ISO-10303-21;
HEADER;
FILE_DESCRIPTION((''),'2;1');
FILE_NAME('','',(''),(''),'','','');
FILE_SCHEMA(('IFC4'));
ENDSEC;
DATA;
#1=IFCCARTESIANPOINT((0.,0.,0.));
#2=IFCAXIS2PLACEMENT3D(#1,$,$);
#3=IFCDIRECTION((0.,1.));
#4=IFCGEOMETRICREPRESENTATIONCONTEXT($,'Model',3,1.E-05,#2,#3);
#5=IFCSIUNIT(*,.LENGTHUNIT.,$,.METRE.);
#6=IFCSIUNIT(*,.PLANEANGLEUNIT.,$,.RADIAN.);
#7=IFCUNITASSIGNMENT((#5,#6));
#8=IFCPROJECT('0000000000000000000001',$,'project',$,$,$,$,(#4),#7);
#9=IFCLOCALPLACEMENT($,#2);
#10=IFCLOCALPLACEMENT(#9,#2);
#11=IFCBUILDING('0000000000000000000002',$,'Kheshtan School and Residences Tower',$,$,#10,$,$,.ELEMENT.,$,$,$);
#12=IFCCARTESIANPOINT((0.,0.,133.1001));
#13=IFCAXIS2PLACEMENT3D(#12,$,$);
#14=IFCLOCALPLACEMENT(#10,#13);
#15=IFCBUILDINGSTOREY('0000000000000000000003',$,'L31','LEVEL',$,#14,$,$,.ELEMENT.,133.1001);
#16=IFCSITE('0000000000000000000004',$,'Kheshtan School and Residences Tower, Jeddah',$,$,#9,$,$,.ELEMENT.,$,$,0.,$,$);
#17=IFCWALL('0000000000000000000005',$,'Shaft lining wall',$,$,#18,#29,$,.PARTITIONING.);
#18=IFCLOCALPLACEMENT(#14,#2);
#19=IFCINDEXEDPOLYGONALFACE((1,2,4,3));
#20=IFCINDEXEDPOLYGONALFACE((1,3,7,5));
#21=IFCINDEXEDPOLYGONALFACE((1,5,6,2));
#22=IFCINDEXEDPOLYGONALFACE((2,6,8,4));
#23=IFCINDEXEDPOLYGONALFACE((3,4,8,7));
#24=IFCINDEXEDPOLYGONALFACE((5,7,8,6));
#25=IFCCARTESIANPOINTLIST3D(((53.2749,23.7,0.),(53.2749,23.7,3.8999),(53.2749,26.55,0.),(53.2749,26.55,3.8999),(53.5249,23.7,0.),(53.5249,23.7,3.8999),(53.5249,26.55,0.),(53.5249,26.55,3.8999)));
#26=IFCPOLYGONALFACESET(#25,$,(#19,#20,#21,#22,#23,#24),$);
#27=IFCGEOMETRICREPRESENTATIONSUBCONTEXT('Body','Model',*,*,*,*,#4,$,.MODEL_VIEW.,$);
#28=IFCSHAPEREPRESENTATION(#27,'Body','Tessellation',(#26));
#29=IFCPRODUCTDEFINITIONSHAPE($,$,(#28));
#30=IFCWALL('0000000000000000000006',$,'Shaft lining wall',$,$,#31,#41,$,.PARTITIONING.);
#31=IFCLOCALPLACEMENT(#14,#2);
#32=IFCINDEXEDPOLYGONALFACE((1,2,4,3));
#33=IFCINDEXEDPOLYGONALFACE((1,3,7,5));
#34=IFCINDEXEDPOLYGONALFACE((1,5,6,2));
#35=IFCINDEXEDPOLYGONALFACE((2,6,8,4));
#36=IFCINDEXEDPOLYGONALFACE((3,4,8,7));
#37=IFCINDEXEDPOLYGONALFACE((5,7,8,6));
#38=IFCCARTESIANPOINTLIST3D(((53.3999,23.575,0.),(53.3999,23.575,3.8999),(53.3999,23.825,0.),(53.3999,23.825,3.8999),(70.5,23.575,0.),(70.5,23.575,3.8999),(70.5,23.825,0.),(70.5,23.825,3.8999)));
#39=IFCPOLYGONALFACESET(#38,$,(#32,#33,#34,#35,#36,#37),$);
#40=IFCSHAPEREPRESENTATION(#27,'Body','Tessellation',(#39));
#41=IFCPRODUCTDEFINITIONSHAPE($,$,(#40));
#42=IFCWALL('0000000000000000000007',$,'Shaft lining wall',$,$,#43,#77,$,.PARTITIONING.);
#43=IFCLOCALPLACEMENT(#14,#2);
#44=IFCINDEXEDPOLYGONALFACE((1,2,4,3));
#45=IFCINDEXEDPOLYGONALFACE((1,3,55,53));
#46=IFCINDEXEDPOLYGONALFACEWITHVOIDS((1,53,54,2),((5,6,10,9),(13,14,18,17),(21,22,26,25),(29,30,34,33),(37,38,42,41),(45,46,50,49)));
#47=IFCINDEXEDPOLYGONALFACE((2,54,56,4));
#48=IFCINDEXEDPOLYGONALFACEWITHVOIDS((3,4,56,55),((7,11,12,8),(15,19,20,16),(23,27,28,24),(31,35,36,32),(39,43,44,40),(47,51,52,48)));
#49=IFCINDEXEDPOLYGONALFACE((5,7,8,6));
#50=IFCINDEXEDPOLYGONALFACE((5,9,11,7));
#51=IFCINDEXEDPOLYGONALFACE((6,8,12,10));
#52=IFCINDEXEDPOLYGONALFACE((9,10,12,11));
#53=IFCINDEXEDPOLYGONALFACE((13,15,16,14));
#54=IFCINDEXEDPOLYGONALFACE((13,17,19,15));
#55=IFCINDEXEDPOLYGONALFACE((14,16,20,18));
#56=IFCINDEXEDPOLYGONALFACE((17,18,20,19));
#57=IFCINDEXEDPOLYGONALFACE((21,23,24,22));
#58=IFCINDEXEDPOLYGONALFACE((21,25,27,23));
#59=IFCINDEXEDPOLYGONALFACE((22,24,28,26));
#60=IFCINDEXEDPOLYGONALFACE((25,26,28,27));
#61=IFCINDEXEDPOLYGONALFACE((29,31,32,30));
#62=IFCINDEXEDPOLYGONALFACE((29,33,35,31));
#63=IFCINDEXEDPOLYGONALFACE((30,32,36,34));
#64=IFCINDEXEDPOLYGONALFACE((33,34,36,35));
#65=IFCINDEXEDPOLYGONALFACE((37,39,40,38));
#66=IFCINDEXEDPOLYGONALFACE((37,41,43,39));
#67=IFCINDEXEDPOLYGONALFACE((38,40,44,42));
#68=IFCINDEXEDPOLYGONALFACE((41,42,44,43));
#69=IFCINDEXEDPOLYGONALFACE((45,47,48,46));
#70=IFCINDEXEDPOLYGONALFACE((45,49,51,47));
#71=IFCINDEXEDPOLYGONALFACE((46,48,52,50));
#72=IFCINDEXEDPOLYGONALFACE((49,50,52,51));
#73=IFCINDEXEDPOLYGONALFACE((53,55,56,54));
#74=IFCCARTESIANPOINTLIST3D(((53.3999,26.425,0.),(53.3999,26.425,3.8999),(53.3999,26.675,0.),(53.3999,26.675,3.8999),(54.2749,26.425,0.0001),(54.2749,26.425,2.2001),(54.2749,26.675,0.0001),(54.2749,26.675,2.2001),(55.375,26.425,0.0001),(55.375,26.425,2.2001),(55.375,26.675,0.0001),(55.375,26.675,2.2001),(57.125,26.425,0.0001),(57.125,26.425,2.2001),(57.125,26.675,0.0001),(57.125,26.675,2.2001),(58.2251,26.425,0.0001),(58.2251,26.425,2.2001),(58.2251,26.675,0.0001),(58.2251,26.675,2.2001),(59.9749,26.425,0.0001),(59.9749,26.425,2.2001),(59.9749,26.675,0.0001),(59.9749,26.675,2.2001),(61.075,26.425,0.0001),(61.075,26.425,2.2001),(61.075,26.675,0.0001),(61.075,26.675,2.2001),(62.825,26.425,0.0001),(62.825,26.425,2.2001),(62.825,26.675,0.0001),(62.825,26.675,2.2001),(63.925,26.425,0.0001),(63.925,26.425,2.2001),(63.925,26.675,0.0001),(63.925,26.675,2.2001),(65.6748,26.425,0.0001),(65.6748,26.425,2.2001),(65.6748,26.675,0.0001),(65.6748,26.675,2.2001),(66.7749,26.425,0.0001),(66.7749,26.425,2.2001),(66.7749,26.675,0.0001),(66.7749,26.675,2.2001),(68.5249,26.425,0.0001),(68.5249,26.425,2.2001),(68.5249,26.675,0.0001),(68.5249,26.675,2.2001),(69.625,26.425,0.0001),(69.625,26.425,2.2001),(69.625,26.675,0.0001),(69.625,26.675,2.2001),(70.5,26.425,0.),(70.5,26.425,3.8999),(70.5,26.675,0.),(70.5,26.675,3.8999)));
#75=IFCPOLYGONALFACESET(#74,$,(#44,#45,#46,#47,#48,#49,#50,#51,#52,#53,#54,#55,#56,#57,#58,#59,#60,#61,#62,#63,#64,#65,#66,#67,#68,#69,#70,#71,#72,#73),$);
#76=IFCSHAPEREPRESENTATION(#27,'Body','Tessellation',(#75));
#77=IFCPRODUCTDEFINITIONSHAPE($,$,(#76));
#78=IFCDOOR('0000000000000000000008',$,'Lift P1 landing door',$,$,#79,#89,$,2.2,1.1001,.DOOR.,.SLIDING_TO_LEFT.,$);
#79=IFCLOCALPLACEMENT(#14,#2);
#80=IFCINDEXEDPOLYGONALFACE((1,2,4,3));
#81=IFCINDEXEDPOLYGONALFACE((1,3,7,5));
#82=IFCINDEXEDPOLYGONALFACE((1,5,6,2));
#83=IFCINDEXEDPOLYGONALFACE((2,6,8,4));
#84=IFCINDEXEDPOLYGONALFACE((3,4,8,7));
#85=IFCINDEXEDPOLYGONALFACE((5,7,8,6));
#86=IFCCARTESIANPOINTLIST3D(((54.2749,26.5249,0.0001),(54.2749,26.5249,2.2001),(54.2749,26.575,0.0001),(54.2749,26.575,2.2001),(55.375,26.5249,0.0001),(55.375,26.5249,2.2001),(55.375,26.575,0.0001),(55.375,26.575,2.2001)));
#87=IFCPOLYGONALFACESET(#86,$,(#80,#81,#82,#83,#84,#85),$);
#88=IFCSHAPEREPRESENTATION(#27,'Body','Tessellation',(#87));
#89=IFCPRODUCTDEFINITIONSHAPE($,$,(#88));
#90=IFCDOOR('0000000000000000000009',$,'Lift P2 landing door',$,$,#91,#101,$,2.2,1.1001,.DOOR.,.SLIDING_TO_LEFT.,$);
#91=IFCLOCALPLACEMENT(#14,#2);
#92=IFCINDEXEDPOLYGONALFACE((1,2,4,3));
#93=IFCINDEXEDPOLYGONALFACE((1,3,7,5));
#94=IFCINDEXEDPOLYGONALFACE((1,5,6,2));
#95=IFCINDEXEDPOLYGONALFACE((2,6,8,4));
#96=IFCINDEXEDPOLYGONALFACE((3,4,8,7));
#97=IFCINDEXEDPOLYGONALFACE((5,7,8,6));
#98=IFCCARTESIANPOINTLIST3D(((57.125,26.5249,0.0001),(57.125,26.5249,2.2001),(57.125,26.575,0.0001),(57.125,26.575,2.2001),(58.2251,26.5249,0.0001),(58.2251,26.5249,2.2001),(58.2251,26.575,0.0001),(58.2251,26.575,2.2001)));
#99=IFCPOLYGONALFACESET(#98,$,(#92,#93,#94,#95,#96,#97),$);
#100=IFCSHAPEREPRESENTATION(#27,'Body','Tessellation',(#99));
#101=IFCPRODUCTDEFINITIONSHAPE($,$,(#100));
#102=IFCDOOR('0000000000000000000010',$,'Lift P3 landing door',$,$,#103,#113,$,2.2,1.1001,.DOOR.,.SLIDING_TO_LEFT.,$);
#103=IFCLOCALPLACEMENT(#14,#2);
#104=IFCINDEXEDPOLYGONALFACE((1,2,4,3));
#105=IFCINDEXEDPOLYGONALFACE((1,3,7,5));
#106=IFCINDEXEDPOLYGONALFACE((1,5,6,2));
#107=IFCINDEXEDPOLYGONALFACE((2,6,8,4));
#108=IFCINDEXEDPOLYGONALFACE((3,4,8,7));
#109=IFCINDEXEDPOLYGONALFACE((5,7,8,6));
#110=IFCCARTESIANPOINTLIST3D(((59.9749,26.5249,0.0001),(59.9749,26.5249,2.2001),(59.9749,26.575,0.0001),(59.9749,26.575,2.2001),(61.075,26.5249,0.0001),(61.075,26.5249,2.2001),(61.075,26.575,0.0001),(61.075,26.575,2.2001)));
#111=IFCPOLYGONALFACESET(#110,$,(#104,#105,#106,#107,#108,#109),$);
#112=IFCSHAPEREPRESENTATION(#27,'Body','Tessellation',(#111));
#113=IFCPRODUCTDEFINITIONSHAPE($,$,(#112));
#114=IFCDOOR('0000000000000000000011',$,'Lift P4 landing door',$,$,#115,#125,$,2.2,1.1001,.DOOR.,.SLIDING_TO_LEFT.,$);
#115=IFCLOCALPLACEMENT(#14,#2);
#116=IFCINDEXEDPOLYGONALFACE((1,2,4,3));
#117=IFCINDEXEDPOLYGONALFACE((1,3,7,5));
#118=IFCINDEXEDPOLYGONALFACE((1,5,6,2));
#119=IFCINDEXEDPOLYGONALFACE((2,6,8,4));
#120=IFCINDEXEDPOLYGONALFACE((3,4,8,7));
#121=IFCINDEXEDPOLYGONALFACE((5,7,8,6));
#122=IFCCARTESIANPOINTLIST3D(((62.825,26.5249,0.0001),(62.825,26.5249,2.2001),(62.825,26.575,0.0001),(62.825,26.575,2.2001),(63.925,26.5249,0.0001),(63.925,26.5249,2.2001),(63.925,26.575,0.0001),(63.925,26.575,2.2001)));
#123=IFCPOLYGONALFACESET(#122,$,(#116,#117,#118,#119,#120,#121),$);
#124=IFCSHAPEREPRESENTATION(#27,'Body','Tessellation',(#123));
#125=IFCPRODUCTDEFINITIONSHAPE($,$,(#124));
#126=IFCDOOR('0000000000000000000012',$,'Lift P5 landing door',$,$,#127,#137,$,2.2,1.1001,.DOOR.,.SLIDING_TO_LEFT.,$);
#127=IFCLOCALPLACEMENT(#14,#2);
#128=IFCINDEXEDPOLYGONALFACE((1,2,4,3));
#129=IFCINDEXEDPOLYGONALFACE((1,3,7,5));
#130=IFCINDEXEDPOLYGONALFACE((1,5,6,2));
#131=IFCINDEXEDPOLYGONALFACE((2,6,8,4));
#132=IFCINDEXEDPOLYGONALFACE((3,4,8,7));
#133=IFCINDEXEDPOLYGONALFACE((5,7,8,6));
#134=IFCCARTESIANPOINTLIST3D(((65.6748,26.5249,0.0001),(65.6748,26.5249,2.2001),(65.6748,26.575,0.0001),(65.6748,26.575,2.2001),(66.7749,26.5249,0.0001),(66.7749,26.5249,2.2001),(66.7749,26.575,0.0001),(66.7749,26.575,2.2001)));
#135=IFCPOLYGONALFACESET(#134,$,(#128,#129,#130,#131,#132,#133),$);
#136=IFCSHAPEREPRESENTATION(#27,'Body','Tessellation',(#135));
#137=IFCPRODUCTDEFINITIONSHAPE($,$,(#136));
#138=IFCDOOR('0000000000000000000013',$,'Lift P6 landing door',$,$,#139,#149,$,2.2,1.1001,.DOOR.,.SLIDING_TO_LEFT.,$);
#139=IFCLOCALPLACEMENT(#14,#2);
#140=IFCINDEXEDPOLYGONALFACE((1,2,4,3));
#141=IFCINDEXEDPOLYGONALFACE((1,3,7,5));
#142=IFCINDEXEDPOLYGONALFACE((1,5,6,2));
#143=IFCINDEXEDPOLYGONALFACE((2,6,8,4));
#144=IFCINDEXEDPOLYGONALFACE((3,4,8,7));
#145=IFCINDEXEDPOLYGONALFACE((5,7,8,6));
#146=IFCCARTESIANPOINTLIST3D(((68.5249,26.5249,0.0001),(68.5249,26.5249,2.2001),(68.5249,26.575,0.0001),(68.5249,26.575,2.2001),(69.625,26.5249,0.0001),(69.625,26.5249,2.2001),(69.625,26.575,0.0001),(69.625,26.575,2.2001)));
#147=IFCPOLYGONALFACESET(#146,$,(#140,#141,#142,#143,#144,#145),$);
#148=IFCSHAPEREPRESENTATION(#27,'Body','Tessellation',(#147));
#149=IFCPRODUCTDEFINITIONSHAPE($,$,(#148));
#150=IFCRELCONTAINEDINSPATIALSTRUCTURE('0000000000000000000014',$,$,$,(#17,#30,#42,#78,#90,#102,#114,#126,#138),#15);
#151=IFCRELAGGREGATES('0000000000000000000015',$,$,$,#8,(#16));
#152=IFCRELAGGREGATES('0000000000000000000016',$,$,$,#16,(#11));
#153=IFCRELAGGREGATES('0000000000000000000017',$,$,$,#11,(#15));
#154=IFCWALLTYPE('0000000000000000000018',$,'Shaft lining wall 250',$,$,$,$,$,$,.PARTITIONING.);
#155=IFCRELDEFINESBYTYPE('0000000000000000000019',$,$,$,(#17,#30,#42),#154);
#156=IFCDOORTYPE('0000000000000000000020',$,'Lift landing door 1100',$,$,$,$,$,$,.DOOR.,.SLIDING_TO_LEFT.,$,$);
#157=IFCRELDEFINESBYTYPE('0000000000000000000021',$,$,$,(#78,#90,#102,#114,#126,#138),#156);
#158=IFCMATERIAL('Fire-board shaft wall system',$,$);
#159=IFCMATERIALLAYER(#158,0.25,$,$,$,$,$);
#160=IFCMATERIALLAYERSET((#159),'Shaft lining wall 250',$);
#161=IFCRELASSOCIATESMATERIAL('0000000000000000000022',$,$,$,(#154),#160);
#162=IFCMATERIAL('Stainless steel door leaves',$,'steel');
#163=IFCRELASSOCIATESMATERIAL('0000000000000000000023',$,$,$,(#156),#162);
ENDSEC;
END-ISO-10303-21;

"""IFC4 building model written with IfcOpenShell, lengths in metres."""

from ifc_helpers import new_model, si_unit, direction, frame, frame_2d, origin, place, context, subcontext, project, spatial, rectangle, extrude, source, transform, mapped, material, layer, layer_set, type_object, element, fill, save


model = new_model("IFC4")

# Units and contexts
model_context = context("Model", 3, precision=1e-05, world=origin(), true_north=direction((0.0, 1.0)))
body_context = subcontext(model_context, "Body", "Model", "MODEL_VIEW")
ifc_project = project(units=[si_unit("LENGTHUNIT", "METRE"), si_unit("PLANEANGLEUNIT", "RADIAN")], contexts=[model_context])

# Site, building, storey
site_placement = place(None, origin())
site = spatial("IfcSite", under=ifc_project, at=site_placement, Name="Kheshtan School and Residences Tower, Jeddah", CompositionType="ELEMENT", RefElevation=0.0)
building_placement = place(site_placement, origin())
building = spatial("IfcBuilding", under=site, at=building_placement, Name="Kheshtan School and Residences Tower", CompositionType="ELEMENT")
storey_placement = place(building_placement, frame((0.0, 0.0, 133.1001)))
storey = spatial("IfcBuildingStorey", under=building, at=storey_placement, Name="L31", Description="LEVEL", CompositionType="ELEMENT", Elevation=133.1001)

# Walls
ifc_material_1 = material(Name="Fire-board shaft wall system")
ifc_layer_1 = layer(ifc_material_1, 0.25)
ifc_layer_set_1 = layer_set([ifc_layer_1], Name="Shaft lining wall 250")
wall_type_1 = type_object("IfcWallType", Name="Shaft lining wall 250", PredefinedType="PARTITIONING", material=ifc_layer_set_1)
wall_1_placement = place(storey_placement, frame((53.3999, 23.7, 0.0), z_axis=(0.0, 0.0, 1.0), x_axis=(0.0, 1.0, 0.0)))
element("IfcWall", 1, at=wall_1_placement, inside=storey, type_object=wall_type_1, Name="Shaft lining wall", PredefinedType="PARTITIONING", context=body_context, shape_type="SweptSolid", body=[
    extrude(rectangle(XDim=2.8501, YDim=0.25, at=frame_2d((1.425, 0.0))), origin(), (0.0, 0.0, 1.0), 3.8999),
])
wall_2_placement = place(storey_placement, frame((53.3999, 23.7, 0.0), z_axis=(0.0, 0.0, 1.0), x_axis=(1.0, 0.0, 0.0)))
element("IfcWall", 2, at=wall_2_placement, inside=storey, type_object=wall_type_1, Name="Shaft lining wall", PredefinedType="PARTITIONING", context=body_context, shape_type="SweptSolid", body=[
    extrude(rectangle(XDim=17.1001, YDim=0.25, at=frame_2d((8.55, 0.0))), origin(), (0.0, 0.0, 1.0), 3.8999),
])

# Wall, openings, doors
wall_3_placement = place(storey_placement, frame((53.3999, 26.55, 0.0), z_axis=(0.0, 0.0, 1.0), x_axis=(1.0, 0.0, 0.0)))
wall_3 = element("IfcWall", 3, at=wall_3_placement, inside=storey, type_object=wall_type_1, Name="Shaft lining wall", PredefinedType="PARTITIONING", context=body_context, shape_type="SweptSolid", body=[
    extrude(rectangle(XDim=17.1001, YDim=0.25, at=frame_2d((8.55, 0.0))), origin(), (0.0, 0.0, 1.0), 3.8999),
])
opening_1_placement = place(wall_3_placement, frame((0.875, 0.0, 0.0)))
opening_1 = element("IfcOpeningElement", 4, at=opening_1_placement, cuts=wall_3, PredefinedType="OPENING", context=body_context, shape_type="SweptSolid", body=[
    extrude(rectangle(XDim=1.1001, YDim=2.2, at=frame_2d((0.55, 1.1001))), frame((0.0, 0.135, 0.0), z_axis=(0.0, -1.0, 0.0), x_axis=(1.0, 0.0, 0.0)), (0.0, 0.0, 1.0), 0.27),
])
opening_2_placement = place(wall_3_placement, frame((3.7251, 0.0, 0.0)))
opening_2 = element("IfcOpeningElement", 5, at=opening_2_placement, cuts=wall_3, PredefinedType="OPENING", context=body_context, shape_type="SweptSolid", body=[
    extrude(rectangle(XDim=1.1001, YDim=2.2, at=frame_2d((0.55, 1.1001))), frame((0.0, 0.135, 0.0), z_axis=(0.0, -1.0, 0.0), x_axis=(1.0, 0.0, 0.0)), (0.0, 0.0, 1.0), 0.27),
])
opening_3_placement = place(wall_3_placement, frame((6.575, 0.0, 0.0)))
opening_3 = element("IfcOpeningElement", 6, at=opening_3_placement, cuts=wall_3, PredefinedType="OPENING", context=body_context, shape_type="SweptSolid", body=[
    extrude(rectangle(XDim=1.1001, YDim=2.2, at=frame_2d((0.55, 1.1001))), frame((0.0, 0.135, 0.0), z_axis=(0.0, -1.0, 0.0), x_axis=(1.0, 0.0, 0.0)), (0.0, 0.0, 1.0), 0.27),
])
opening_4_placement = place(wall_3_placement, frame((9.425, 0.0, 0.0)))
opening_4 = element("IfcOpeningElement", 7, at=opening_4_placement, cuts=wall_3, PredefinedType="OPENING", context=body_context, shape_type="SweptSolid", body=[
    extrude(rectangle(XDim=1.1001, YDim=2.2, at=frame_2d((0.55, 1.1001))), frame((0.0, 0.135, 0.0), z_axis=(0.0, -1.0, 0.0), x_axis=(1.0, 0.0, 0.0)), (0.0, 0.0, 1.0), 0.27),
])
opening_5_placement = place(wall_3_placement, frame((12.2749, 0.0, 0.0)))
opening_5 = element("IfcOpeningElement", 8, at=opening_5_placement, cuts=wall_3, PredefinedType="OPENING", context=body_context, shape_type="SweptSolid", body=[
    extrude(rectangle(XDim=1.1001, YDim=2.2, at=frame_2d((0.55, 1.1001))), frame((0.0, 0.135, 0.0), z_axis=(0.0, -1.0, 0.0), x_axis=(1.0, 0.0, 0.0)), (0.0, 0.0, 1.0), 0.27),
])
opening_6_placement = place(wall_3_placement, frame((15.125, 0.0, 0.0)))
opening_6 = element("IfcOpeningElement", 9, at=opening_6_placement, cuts=wall_3, PredefinedType="OPENING", context=body_context, shape_type="SweptSolid", body=[
    extrude(rectangle(XDim=1.1001, YDim=2.2, at=frame_2d((0.55, 1.1001))), frame((0.0, 0.135, 0.0), z_axis=(0.0, -1.0, 0.0), x_axis=(1.0, 0.0, 0.0)), (0.0, 0.0, 1.0), 0.27),
])
ifc_material_2 = material(Name="Stainless steel door leaves", Category="steel")
door_type_1 = type_object("IfcDoorType", Name="Lift landing door 1100", OperationType="SLIDING_TO_LEFT", PredefinedType="DOOR", material=ifc_material_2)
shared_shape_1 = source(origin(), body_context, "Body", "SweptSolid", [
    extrude(rectangle(XDim=1.1001, YDim=2.2, at=frame_2d((0.55, 1.1001))), frame((0.0, 0.0249, 0.0), z_axis=(0.0, -1.0, 0.0), x_axis=(1.0, 0.0, 0.0)), (0.0, 0.0, 1.0), 0.05),
])
door_1_placement = place(opening_1_placement, origin())
door_1 = element("IfcDoor", 10, at=door_1_placement, inside=storey, type_object=door_type_1, Name="Lift P1 landing door", OperationType="SLIDING_TO_LEFT", OverallHeight=2.2, OverallWidth=1.1001, PredefinedType="DOOR", context=body_context, shape_type="MappedRepresentation", body=[
    mapped(shared_shape_1, transform((0.0, 0.0, 0.0), x_axis=(1.0, 0.0, 0.0), y_axis=(0.0, 1.0, 0.0), z_axis=(0.0, 0.0, 1.0), scale=1.0)),
])
fill(opening_1, door_1)
door_2_placement = place(opening_2_placement, origin())
door_2 = element("IfcDoor", 11, at=door_2_placement, inside=storey, type_object=door_type_1, Name="Lift P2 landing door", OperationType="SLIDING_TO_LEFT", OverallHeight=2.2, OverallWidth=1.1001, PredefinedType="DOOR", context=body_context, shape_type="MappedRepresentation", body=[
    mapped(shared_shape_1, transform((0.0, 0.0, 0.0), x_axis=(1.0, 0.0, 0.0), y_axis=(0.0, 1.0, 0.0), z_axis=(0.0, 0.0, 1.0), scale=1.0)),
])
fill(opening_2, door_2)
door_3_placement = place(opening_3_placement, origin())
door_3 = element("IfcDoor", 12, at=door_3_placement, inside=storey, type_object=door_type_1, Name="Lift P3 landing door", OperationType="SLIDING_TO_LEFT", OverallHeight=2.2, OverallWidth=1.1001, PredefinedType="DOOR", context=body_context, shape_type="MappedRepresentation", body=[
    mapped(shared_shape_1, transform((0.0, 0.0, 0.0), x_axis=(1.0, 0.0, 0.0), y_axis=(0.0, 1.0, 0.0), z_axis=(0.0, 0.0, 1.0), scale=1.0)),
])
fill(opening_3, door_3)
door_4_placement = place(opening_4_placement, origin())
door_4 = element("IfcDoor", 13, at=door_4_placement, inside=storey, type_object=door_type_1, Name="Lift P4 landing door", OperationType="SLIDING_TO_LEFT", OverallHeight=2.2, OverallWidth=1.1001, PredefinedType="DOOR", context=body_context, shape_type="MappedRepresentation", body=[
    mapped(shared_shape_1, transform((0.0, 0.0, 0.0), x_axis=(1.0, 0.0, 0.0), y_axis=(0.0, 1.0, 0.0), z_axis=(0.0, 0.0, 1.0), scale=1.0)),
])
fill(opening_4, door_4)
door_5_placement = place(opening_5_placement, origin())
door_5 = element("IfcDoor", 14, at=door_5_placement, inside=storey, type_object=door_type_1, Name="Lift P5 landing door", OperationType="SLIDING_TO_LEFT", OverallHeight=2.2, OverallWidth=1.1001, PredefinedType="DOOR", context=body_context, shape_type="MappedRepresentation", body=[
    mapped(shared_shape_1, transform((0.0, 0.0, 0.0), x_axis=(1.0, 0.0, 0.0), y_axis=(0.0, 1.0, 0.0), z_axis=(0.0, 0.0, 1.0), scale=1.0)),
])
fill(opening_5, door_5)
door_6_placement = place(opening_6_placement, origin())
door_6 = element("IfcDoor", 15, at=door_6_placement, inside=storey, type_object=door_type_1, Name="Lift P6 landing door", OperationType="SLIDING_TO_LEFT", OverallHeight=2.2, OverallWidth=1.1001, PredefinedType="DOOR", context=body_context, shape_type="MappedRepresentation", body=[
    mapped(shared_shape_1, transform((0.0, 0.0, 0.0), x_axis=(1.0, 0.0, 0.0), y_axis=(0.0, 1.0, 0.0), z_axis=(0.0, 0.0, 1.0), scale=1.0)),
])
fill(opening_6, door_6)

save(model, "model.ifc")
